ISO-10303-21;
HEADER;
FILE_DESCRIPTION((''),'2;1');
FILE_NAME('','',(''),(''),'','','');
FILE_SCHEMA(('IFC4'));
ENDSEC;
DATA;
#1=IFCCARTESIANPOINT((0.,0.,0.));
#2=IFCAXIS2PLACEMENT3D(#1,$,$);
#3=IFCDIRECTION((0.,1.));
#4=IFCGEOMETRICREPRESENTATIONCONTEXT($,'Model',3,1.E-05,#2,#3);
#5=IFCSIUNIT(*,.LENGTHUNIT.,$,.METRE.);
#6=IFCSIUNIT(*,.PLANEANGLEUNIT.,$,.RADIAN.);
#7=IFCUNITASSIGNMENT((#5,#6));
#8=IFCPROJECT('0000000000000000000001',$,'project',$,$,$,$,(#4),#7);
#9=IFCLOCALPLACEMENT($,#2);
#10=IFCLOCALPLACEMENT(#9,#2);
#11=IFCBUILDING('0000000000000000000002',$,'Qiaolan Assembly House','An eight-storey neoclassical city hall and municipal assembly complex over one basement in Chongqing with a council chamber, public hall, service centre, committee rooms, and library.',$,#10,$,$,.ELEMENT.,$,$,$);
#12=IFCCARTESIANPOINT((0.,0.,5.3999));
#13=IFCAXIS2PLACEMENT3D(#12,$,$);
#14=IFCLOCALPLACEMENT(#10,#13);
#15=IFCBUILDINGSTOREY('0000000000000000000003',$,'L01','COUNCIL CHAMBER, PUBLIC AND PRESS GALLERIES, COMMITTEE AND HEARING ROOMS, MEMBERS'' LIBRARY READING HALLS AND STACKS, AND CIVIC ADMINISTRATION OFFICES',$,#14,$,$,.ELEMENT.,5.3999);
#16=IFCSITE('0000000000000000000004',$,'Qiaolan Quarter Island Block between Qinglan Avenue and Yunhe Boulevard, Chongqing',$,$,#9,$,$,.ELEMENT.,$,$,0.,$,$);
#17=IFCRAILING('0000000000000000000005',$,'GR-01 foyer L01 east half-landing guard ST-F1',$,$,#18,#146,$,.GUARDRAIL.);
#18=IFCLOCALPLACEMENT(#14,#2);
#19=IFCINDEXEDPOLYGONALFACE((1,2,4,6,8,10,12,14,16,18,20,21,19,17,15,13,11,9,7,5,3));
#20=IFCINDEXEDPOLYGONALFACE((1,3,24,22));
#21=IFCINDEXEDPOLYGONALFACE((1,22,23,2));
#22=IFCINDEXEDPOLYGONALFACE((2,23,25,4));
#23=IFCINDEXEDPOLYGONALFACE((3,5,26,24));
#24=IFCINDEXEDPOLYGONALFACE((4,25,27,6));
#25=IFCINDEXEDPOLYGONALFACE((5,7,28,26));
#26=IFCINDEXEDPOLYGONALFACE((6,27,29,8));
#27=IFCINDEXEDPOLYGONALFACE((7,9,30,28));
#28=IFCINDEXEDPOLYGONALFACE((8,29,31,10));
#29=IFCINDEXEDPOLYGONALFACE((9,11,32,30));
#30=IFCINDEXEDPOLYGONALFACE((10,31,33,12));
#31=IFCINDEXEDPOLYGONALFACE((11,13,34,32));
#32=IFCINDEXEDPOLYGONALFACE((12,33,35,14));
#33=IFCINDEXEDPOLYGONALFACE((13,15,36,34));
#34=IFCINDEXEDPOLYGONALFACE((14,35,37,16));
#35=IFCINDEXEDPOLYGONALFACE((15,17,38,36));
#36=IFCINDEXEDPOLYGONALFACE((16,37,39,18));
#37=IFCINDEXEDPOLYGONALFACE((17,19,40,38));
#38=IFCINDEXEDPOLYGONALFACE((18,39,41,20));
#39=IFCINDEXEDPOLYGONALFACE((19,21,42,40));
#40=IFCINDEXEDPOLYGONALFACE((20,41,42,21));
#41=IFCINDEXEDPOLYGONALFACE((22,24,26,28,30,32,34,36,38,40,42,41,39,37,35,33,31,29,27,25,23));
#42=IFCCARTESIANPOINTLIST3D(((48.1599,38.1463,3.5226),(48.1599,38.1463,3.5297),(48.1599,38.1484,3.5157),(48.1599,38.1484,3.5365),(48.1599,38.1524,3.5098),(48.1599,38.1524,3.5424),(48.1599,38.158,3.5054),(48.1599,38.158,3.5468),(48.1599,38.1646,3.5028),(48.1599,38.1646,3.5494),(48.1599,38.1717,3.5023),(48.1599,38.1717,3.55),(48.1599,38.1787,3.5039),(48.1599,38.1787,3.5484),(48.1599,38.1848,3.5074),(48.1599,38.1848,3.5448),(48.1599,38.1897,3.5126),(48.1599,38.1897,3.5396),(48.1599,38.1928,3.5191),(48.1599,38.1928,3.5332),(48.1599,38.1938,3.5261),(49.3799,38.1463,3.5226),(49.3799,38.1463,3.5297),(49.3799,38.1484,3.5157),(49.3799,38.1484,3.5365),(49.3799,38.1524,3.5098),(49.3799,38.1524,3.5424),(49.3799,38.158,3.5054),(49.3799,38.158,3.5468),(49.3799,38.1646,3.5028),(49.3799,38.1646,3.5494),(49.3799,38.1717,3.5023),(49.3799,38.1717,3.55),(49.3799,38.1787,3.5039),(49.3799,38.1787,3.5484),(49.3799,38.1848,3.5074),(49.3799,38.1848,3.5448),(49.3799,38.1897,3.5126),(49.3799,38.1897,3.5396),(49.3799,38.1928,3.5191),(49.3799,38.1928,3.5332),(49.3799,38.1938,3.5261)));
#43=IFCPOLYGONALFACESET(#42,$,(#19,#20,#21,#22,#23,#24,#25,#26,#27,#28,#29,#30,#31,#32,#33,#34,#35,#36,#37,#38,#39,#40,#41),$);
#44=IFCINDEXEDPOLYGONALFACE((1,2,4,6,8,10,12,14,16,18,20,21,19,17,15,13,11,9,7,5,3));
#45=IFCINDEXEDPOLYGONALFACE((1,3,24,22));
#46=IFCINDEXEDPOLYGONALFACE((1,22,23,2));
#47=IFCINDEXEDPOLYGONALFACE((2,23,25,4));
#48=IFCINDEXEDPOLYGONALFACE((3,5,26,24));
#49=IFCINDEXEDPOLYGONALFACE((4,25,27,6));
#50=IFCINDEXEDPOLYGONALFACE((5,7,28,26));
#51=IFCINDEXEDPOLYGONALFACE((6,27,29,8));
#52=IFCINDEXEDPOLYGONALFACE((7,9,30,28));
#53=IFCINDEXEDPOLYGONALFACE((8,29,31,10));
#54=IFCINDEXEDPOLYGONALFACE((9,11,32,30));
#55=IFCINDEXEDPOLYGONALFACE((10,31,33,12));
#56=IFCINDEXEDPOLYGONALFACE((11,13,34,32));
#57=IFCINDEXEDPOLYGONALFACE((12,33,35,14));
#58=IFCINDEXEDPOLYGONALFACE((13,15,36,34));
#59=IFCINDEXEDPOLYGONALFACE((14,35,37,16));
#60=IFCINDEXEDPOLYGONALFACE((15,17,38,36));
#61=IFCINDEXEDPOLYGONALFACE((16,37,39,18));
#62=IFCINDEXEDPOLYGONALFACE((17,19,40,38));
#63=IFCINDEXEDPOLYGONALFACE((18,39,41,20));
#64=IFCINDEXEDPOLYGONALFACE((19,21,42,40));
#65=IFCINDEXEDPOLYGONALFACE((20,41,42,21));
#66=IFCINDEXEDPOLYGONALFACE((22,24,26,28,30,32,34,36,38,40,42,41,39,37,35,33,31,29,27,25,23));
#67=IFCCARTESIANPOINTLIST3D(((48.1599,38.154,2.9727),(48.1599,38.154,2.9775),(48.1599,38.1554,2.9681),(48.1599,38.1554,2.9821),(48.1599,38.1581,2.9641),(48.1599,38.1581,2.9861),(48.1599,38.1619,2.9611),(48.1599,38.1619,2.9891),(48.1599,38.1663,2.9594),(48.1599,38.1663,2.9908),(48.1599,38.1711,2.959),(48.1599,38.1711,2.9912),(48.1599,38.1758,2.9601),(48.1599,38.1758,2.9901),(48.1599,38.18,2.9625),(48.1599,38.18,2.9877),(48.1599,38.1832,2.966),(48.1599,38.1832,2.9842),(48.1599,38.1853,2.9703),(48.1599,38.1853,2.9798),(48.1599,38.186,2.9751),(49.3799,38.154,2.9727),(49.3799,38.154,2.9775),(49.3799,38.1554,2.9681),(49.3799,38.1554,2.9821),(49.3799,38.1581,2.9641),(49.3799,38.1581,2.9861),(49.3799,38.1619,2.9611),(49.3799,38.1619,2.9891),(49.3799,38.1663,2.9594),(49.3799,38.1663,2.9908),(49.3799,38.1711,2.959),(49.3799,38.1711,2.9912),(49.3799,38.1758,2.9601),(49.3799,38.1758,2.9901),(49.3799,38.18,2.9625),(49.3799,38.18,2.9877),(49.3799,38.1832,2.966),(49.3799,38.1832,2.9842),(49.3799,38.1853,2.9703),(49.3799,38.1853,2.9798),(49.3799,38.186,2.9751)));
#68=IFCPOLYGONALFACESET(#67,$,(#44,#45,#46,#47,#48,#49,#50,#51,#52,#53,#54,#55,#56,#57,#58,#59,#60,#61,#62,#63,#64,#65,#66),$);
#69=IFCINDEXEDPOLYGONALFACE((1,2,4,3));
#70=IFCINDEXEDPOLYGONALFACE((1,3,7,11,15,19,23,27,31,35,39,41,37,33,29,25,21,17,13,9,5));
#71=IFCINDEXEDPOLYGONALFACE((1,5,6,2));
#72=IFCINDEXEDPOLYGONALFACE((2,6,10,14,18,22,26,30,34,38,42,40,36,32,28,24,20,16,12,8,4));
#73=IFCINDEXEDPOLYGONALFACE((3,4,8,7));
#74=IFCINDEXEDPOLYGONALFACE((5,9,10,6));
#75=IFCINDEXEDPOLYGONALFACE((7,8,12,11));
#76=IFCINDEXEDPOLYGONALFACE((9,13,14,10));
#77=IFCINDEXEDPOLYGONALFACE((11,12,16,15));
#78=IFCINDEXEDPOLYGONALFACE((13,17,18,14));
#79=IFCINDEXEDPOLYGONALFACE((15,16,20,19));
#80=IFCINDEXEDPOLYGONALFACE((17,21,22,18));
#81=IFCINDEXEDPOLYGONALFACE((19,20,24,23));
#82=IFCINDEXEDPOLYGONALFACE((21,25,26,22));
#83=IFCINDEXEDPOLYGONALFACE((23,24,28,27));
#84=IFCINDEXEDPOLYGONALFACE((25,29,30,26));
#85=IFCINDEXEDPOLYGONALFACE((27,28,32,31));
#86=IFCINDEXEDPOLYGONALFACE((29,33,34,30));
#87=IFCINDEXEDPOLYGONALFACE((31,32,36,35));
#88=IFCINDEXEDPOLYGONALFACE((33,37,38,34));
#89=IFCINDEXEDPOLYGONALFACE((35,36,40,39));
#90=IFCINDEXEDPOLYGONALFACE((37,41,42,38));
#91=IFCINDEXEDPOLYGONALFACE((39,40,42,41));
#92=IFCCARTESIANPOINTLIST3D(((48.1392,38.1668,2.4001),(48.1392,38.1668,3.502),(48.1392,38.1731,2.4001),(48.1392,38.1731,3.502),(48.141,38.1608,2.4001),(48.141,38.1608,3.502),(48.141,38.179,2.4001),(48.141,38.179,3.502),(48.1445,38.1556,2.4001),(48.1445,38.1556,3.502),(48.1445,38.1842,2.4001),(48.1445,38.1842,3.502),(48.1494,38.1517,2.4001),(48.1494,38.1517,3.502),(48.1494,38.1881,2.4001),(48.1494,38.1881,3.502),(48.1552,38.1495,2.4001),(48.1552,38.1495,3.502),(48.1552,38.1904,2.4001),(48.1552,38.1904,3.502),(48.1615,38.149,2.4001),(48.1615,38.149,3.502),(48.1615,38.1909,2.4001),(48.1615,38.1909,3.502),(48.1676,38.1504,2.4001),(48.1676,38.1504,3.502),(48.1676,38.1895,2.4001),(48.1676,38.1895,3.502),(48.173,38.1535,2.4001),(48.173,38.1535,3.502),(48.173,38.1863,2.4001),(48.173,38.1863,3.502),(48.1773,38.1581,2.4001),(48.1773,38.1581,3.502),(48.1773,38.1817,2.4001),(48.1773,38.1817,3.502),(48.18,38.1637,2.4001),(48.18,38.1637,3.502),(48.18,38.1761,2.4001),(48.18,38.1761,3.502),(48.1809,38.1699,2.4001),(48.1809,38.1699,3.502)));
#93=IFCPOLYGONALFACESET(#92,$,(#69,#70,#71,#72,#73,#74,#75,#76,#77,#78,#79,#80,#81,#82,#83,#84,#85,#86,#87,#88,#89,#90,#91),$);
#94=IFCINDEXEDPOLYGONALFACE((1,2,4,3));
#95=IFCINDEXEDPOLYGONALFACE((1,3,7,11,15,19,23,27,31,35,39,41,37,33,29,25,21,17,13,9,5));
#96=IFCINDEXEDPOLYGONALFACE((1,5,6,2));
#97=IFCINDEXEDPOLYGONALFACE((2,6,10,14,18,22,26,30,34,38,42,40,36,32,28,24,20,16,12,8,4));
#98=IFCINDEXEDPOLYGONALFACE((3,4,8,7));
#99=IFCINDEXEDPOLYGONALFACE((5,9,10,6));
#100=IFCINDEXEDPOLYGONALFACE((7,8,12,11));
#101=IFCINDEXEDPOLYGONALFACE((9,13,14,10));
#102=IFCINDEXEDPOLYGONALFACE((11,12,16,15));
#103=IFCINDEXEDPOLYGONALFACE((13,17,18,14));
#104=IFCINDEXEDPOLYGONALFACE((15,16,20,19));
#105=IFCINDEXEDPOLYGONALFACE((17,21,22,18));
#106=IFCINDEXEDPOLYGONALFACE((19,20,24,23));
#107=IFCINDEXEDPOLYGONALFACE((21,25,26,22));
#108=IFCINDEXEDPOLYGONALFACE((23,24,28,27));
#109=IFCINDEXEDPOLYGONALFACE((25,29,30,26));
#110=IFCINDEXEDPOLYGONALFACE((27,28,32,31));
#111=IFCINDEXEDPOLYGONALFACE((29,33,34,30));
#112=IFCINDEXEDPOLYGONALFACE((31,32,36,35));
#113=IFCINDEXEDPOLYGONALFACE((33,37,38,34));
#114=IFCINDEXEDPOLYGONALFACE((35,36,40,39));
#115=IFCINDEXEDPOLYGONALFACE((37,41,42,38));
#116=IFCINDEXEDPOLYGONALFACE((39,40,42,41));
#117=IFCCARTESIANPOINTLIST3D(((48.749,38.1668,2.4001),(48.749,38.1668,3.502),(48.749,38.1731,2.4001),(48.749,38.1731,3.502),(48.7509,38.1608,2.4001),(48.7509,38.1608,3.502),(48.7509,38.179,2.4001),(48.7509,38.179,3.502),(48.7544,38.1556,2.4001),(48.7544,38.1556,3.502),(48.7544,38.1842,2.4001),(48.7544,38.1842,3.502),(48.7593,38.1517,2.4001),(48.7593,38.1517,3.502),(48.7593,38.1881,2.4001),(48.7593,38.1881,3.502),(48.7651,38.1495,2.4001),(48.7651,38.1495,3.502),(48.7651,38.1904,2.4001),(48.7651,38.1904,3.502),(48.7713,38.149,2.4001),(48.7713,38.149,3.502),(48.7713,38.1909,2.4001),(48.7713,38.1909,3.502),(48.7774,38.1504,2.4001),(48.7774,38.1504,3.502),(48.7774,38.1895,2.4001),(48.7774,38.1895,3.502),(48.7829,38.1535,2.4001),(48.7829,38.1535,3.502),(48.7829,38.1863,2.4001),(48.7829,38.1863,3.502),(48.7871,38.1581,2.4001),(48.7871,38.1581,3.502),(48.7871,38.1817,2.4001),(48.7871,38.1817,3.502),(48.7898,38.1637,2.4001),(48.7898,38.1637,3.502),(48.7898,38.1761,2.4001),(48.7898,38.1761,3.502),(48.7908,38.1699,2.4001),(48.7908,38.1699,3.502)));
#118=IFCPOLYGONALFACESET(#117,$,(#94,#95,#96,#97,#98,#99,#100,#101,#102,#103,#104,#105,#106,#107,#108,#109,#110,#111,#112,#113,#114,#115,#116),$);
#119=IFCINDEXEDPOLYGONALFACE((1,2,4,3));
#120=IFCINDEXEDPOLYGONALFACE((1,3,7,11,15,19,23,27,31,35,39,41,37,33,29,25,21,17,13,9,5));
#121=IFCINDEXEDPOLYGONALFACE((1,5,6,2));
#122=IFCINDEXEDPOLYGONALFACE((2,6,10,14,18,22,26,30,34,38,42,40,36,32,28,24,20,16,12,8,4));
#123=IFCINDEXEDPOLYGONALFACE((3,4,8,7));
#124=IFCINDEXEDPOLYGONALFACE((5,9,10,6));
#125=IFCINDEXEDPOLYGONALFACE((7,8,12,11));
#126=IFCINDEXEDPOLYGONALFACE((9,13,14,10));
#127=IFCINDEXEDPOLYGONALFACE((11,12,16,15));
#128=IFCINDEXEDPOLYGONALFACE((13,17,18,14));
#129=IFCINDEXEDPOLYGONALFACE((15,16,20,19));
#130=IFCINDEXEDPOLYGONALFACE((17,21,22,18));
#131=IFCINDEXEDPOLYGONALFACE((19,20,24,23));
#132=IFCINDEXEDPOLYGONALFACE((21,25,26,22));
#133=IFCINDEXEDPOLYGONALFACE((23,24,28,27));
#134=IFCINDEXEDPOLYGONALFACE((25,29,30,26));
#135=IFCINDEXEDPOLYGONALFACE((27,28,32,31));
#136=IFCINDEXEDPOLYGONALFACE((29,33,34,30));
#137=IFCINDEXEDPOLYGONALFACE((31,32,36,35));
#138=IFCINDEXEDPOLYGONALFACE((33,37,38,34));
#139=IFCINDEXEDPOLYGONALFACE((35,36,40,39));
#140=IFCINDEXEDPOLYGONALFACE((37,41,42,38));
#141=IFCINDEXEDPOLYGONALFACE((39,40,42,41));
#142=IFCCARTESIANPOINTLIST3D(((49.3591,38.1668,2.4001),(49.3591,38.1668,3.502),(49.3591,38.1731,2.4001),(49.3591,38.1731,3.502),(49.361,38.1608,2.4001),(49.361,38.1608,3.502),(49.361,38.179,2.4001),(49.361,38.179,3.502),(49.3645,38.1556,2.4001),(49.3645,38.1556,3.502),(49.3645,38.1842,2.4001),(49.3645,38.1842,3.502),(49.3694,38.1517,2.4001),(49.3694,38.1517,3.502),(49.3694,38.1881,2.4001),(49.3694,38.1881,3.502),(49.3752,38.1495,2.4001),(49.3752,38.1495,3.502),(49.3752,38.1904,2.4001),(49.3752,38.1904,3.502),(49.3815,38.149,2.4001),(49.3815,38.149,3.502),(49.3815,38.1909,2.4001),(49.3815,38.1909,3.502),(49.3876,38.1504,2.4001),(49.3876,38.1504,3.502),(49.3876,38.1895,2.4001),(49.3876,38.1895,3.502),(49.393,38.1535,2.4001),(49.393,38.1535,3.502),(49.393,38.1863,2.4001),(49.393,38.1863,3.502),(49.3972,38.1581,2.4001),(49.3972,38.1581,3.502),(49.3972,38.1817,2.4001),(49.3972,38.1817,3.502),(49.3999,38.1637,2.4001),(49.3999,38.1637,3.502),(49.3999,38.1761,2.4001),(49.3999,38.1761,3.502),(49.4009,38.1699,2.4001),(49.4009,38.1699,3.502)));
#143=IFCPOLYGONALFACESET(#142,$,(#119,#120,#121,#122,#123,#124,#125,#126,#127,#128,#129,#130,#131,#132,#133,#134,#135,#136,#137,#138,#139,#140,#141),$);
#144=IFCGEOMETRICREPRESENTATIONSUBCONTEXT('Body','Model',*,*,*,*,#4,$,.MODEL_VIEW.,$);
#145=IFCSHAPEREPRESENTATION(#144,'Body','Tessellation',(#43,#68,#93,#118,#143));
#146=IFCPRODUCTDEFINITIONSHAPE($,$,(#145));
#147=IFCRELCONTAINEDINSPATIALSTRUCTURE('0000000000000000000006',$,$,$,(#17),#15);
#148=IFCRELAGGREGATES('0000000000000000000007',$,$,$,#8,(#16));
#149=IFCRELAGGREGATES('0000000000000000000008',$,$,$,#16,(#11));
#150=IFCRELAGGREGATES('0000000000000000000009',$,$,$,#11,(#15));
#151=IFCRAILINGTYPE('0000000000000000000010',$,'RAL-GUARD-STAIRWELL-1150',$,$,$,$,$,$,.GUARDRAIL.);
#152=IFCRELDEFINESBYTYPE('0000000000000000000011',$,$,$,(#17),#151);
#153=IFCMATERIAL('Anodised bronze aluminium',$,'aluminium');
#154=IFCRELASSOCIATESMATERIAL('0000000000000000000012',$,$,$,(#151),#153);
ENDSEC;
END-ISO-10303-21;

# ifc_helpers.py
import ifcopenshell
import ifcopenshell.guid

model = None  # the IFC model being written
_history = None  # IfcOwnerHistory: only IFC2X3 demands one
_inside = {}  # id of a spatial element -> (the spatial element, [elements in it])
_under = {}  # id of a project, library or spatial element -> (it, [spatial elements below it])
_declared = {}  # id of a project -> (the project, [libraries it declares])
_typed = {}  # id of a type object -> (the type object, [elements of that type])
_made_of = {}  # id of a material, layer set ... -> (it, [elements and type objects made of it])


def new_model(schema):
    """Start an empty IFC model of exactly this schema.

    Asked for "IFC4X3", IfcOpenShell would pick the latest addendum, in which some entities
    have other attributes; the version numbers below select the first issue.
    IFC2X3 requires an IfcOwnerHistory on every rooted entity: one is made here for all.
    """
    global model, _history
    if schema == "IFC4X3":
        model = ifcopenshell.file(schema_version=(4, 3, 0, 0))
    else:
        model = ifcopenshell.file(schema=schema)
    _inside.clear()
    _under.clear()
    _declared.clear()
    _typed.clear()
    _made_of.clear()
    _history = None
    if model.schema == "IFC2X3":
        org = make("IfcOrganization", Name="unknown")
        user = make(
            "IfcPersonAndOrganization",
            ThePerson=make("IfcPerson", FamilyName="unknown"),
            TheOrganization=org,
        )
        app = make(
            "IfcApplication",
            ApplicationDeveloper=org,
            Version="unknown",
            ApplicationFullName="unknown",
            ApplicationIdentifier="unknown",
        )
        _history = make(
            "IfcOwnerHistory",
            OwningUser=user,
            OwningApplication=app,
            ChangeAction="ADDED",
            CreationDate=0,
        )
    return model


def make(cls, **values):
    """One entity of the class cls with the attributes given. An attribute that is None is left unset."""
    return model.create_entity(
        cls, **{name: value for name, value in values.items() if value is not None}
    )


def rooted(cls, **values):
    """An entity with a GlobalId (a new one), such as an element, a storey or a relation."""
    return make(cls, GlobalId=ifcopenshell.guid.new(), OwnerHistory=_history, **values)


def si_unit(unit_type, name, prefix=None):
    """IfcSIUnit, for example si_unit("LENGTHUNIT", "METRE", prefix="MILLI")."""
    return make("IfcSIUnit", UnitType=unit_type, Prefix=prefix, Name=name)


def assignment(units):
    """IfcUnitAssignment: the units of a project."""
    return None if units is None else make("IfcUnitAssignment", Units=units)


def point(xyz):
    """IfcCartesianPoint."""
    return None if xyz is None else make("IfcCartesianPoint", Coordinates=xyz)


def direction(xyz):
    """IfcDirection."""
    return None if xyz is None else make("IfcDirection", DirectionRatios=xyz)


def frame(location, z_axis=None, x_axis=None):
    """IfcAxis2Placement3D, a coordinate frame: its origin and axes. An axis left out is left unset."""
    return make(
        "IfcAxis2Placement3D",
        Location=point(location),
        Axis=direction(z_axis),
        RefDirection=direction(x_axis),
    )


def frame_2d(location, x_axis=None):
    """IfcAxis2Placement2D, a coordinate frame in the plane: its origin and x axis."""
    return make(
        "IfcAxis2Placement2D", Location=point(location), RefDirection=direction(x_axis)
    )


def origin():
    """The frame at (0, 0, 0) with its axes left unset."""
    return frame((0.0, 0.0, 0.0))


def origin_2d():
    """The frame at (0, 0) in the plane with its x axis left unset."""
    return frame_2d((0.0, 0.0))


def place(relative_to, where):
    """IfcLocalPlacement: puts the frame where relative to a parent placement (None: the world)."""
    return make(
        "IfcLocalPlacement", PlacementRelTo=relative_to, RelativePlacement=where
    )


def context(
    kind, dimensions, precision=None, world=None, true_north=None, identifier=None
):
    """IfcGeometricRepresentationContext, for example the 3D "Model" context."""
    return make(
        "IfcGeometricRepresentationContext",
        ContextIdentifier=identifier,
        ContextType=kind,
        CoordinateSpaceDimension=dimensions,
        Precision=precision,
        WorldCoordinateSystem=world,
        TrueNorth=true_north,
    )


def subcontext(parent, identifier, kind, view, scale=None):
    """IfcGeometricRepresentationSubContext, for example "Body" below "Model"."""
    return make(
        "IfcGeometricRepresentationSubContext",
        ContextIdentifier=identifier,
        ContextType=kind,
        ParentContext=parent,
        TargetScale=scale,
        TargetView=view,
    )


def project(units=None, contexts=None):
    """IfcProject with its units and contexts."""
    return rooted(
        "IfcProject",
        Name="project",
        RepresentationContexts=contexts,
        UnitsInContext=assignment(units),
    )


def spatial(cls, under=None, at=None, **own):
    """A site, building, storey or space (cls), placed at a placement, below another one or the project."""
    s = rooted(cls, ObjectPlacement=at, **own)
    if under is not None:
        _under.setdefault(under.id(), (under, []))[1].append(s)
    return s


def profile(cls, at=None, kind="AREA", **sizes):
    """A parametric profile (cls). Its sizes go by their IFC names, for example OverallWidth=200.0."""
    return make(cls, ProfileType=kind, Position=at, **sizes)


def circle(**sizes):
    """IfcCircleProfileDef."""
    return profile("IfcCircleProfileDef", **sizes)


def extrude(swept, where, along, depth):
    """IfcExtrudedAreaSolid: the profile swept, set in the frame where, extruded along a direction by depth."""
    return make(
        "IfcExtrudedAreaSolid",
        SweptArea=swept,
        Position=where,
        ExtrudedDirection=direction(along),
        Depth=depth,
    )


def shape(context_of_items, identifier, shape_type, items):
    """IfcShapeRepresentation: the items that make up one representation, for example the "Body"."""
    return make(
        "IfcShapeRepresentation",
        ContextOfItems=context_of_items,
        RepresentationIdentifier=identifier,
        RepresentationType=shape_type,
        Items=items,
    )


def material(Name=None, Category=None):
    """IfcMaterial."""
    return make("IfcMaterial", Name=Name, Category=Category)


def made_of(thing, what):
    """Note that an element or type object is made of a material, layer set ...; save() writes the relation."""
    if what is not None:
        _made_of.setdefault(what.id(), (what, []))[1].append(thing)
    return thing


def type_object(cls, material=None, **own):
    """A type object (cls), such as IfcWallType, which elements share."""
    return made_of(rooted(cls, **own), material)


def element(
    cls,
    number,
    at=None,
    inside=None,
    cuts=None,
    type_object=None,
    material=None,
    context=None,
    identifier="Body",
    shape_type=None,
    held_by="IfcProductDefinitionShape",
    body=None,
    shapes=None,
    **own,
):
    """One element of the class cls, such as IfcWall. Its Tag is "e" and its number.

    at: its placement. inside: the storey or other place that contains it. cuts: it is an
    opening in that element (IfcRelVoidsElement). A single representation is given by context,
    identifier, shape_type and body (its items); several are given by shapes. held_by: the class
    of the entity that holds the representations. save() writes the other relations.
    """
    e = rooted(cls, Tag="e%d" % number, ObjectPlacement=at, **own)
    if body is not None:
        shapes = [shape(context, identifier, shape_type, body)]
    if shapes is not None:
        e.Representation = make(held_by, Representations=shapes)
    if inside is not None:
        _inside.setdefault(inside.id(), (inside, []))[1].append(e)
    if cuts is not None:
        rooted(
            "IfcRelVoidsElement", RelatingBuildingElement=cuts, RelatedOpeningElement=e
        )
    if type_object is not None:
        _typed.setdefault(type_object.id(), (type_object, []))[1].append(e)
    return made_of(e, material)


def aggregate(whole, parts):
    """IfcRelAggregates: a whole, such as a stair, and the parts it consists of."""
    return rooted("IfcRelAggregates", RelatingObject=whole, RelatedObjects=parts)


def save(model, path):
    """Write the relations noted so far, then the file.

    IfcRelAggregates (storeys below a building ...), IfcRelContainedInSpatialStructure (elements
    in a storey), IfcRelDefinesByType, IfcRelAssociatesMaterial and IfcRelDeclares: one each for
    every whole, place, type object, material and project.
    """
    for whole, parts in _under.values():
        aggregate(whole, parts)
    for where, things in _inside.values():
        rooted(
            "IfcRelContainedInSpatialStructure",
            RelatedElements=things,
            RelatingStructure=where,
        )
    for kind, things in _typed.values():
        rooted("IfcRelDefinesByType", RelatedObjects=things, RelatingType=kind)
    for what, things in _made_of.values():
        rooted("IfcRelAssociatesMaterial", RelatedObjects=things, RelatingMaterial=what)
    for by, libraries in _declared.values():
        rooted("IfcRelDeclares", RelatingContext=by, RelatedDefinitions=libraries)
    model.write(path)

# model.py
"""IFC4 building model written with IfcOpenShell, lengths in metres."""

from ifc_helpers import new_model, si_unit, direction, frame, origin, origin_2d, place, context, subcontext, project, spatial, circle, extrude, material, type_object, element, save


model = new_model("IFC4")

# Units and contexts
model_context = context("Model", 3, precision=1e-05, world=origin(), true_north=direction((0.0, 1.0)))
body_context = subcontext(model_context, "Body", "Model", "MODEL_VIEW")
ifc_project = project(units=[si_unit("LENGTHUNIT", "METRE"), si_unit("PLANEANGLEUNIT", "RADIAN")], contexts=[model_context])

# Site, building, storey
site_placement = place(None, origin())
site = spatial("IfcSite", under=ifc_project, at=site_placement, Name="Qiaolan Quarter Island Block between Qinglan Avenue and Yunhe Boulevard, Chongqing", CompositionType="ELEMENT", RefElevation=0.0)
building_placement = place(site_placement, origin())
building = spatial("IfcBuilding", under=site, at=building_placement, Name="Qiaolan Assembly House", Description="An eight-storey neoclassical city hall and municipal assembly complex over one basement in Chongqing with a council chamber, public hall, service centre, committee rooms, and library.", CompositionType="ELEMENT")
storey_placement = place(building_placement, frame((0.0, 0.0, 5.3999)))
storey = spatial("IfcBuildingStorey", under=building, at=storey_placement, Name="L01", Description="COUNCIL CHAMBER, PUBLIC AND PRESS GALLERIES, COMMITTEE AND HEARING ROOMS, MEMBERS' LIBRARY READING HALLS AND STACKS, AND CIVIC ADMINISTRATION OFFICES", CompositionType="ELEMENT", Elevation=5.3999)

# Railing
ifc_material_1 = material(Name="Anodised bronze aluminium", Category="aluminium")
railing_type_1 = type_object("IfcRailingType", Name="RAL-GUARD-STAIRWELL-1150", PredefinedType="GUARDRAIL", material=ifc_material_1)
railing_1_placement = place(storey_placement, frame((48.1599, 38.1699, 2.4001)))
element("IfcRailing", 1, at=railing_1_placement, inside=storey, type_object=railing_type_1, Name="GR-01 foyer L01 east half-landing guard ST-F1", PredefinedType="GUARDRAIL", context=body_context, shape_type="SweptSolid", body=[
    extrude(circle(Radius=0.0239, at=origin_2d()), frame((0.0, 0.0, 1.126), z_axis=(1.0, 0.0, 0.0), x_axis=(0.0, 1.0, 0.0)), (0.0, 0.0, 1.0), 1.22),
    extrude(circle(Radius=0.0161, at=origin_2d()), frame((0.0, 0.0, 0.575), z_axis=(1.0, 0.0, 0.0), x_axis=(0.0, 1.0, 0.0)), (0.0, 0.0, 1.0), 1.22),
    extrude(circle(Radius=0.021, at=origin_2d()), origin(), (0.0, 0.0, 1.0), 1.1018),
    extrude(circle(Radius=0.021, at=origin_2d()), frame((0.6099, 0.0, 0.0)), (0.0, 0.0, 1.0), 1.1018),
    extrude(circle(Radius=0.021, at=origin_2d()), frame((1.22, 0.0, 0.0)), (0.0, 0.0, 1.0), 1.1018),
])

save(model, "model.ifc")
